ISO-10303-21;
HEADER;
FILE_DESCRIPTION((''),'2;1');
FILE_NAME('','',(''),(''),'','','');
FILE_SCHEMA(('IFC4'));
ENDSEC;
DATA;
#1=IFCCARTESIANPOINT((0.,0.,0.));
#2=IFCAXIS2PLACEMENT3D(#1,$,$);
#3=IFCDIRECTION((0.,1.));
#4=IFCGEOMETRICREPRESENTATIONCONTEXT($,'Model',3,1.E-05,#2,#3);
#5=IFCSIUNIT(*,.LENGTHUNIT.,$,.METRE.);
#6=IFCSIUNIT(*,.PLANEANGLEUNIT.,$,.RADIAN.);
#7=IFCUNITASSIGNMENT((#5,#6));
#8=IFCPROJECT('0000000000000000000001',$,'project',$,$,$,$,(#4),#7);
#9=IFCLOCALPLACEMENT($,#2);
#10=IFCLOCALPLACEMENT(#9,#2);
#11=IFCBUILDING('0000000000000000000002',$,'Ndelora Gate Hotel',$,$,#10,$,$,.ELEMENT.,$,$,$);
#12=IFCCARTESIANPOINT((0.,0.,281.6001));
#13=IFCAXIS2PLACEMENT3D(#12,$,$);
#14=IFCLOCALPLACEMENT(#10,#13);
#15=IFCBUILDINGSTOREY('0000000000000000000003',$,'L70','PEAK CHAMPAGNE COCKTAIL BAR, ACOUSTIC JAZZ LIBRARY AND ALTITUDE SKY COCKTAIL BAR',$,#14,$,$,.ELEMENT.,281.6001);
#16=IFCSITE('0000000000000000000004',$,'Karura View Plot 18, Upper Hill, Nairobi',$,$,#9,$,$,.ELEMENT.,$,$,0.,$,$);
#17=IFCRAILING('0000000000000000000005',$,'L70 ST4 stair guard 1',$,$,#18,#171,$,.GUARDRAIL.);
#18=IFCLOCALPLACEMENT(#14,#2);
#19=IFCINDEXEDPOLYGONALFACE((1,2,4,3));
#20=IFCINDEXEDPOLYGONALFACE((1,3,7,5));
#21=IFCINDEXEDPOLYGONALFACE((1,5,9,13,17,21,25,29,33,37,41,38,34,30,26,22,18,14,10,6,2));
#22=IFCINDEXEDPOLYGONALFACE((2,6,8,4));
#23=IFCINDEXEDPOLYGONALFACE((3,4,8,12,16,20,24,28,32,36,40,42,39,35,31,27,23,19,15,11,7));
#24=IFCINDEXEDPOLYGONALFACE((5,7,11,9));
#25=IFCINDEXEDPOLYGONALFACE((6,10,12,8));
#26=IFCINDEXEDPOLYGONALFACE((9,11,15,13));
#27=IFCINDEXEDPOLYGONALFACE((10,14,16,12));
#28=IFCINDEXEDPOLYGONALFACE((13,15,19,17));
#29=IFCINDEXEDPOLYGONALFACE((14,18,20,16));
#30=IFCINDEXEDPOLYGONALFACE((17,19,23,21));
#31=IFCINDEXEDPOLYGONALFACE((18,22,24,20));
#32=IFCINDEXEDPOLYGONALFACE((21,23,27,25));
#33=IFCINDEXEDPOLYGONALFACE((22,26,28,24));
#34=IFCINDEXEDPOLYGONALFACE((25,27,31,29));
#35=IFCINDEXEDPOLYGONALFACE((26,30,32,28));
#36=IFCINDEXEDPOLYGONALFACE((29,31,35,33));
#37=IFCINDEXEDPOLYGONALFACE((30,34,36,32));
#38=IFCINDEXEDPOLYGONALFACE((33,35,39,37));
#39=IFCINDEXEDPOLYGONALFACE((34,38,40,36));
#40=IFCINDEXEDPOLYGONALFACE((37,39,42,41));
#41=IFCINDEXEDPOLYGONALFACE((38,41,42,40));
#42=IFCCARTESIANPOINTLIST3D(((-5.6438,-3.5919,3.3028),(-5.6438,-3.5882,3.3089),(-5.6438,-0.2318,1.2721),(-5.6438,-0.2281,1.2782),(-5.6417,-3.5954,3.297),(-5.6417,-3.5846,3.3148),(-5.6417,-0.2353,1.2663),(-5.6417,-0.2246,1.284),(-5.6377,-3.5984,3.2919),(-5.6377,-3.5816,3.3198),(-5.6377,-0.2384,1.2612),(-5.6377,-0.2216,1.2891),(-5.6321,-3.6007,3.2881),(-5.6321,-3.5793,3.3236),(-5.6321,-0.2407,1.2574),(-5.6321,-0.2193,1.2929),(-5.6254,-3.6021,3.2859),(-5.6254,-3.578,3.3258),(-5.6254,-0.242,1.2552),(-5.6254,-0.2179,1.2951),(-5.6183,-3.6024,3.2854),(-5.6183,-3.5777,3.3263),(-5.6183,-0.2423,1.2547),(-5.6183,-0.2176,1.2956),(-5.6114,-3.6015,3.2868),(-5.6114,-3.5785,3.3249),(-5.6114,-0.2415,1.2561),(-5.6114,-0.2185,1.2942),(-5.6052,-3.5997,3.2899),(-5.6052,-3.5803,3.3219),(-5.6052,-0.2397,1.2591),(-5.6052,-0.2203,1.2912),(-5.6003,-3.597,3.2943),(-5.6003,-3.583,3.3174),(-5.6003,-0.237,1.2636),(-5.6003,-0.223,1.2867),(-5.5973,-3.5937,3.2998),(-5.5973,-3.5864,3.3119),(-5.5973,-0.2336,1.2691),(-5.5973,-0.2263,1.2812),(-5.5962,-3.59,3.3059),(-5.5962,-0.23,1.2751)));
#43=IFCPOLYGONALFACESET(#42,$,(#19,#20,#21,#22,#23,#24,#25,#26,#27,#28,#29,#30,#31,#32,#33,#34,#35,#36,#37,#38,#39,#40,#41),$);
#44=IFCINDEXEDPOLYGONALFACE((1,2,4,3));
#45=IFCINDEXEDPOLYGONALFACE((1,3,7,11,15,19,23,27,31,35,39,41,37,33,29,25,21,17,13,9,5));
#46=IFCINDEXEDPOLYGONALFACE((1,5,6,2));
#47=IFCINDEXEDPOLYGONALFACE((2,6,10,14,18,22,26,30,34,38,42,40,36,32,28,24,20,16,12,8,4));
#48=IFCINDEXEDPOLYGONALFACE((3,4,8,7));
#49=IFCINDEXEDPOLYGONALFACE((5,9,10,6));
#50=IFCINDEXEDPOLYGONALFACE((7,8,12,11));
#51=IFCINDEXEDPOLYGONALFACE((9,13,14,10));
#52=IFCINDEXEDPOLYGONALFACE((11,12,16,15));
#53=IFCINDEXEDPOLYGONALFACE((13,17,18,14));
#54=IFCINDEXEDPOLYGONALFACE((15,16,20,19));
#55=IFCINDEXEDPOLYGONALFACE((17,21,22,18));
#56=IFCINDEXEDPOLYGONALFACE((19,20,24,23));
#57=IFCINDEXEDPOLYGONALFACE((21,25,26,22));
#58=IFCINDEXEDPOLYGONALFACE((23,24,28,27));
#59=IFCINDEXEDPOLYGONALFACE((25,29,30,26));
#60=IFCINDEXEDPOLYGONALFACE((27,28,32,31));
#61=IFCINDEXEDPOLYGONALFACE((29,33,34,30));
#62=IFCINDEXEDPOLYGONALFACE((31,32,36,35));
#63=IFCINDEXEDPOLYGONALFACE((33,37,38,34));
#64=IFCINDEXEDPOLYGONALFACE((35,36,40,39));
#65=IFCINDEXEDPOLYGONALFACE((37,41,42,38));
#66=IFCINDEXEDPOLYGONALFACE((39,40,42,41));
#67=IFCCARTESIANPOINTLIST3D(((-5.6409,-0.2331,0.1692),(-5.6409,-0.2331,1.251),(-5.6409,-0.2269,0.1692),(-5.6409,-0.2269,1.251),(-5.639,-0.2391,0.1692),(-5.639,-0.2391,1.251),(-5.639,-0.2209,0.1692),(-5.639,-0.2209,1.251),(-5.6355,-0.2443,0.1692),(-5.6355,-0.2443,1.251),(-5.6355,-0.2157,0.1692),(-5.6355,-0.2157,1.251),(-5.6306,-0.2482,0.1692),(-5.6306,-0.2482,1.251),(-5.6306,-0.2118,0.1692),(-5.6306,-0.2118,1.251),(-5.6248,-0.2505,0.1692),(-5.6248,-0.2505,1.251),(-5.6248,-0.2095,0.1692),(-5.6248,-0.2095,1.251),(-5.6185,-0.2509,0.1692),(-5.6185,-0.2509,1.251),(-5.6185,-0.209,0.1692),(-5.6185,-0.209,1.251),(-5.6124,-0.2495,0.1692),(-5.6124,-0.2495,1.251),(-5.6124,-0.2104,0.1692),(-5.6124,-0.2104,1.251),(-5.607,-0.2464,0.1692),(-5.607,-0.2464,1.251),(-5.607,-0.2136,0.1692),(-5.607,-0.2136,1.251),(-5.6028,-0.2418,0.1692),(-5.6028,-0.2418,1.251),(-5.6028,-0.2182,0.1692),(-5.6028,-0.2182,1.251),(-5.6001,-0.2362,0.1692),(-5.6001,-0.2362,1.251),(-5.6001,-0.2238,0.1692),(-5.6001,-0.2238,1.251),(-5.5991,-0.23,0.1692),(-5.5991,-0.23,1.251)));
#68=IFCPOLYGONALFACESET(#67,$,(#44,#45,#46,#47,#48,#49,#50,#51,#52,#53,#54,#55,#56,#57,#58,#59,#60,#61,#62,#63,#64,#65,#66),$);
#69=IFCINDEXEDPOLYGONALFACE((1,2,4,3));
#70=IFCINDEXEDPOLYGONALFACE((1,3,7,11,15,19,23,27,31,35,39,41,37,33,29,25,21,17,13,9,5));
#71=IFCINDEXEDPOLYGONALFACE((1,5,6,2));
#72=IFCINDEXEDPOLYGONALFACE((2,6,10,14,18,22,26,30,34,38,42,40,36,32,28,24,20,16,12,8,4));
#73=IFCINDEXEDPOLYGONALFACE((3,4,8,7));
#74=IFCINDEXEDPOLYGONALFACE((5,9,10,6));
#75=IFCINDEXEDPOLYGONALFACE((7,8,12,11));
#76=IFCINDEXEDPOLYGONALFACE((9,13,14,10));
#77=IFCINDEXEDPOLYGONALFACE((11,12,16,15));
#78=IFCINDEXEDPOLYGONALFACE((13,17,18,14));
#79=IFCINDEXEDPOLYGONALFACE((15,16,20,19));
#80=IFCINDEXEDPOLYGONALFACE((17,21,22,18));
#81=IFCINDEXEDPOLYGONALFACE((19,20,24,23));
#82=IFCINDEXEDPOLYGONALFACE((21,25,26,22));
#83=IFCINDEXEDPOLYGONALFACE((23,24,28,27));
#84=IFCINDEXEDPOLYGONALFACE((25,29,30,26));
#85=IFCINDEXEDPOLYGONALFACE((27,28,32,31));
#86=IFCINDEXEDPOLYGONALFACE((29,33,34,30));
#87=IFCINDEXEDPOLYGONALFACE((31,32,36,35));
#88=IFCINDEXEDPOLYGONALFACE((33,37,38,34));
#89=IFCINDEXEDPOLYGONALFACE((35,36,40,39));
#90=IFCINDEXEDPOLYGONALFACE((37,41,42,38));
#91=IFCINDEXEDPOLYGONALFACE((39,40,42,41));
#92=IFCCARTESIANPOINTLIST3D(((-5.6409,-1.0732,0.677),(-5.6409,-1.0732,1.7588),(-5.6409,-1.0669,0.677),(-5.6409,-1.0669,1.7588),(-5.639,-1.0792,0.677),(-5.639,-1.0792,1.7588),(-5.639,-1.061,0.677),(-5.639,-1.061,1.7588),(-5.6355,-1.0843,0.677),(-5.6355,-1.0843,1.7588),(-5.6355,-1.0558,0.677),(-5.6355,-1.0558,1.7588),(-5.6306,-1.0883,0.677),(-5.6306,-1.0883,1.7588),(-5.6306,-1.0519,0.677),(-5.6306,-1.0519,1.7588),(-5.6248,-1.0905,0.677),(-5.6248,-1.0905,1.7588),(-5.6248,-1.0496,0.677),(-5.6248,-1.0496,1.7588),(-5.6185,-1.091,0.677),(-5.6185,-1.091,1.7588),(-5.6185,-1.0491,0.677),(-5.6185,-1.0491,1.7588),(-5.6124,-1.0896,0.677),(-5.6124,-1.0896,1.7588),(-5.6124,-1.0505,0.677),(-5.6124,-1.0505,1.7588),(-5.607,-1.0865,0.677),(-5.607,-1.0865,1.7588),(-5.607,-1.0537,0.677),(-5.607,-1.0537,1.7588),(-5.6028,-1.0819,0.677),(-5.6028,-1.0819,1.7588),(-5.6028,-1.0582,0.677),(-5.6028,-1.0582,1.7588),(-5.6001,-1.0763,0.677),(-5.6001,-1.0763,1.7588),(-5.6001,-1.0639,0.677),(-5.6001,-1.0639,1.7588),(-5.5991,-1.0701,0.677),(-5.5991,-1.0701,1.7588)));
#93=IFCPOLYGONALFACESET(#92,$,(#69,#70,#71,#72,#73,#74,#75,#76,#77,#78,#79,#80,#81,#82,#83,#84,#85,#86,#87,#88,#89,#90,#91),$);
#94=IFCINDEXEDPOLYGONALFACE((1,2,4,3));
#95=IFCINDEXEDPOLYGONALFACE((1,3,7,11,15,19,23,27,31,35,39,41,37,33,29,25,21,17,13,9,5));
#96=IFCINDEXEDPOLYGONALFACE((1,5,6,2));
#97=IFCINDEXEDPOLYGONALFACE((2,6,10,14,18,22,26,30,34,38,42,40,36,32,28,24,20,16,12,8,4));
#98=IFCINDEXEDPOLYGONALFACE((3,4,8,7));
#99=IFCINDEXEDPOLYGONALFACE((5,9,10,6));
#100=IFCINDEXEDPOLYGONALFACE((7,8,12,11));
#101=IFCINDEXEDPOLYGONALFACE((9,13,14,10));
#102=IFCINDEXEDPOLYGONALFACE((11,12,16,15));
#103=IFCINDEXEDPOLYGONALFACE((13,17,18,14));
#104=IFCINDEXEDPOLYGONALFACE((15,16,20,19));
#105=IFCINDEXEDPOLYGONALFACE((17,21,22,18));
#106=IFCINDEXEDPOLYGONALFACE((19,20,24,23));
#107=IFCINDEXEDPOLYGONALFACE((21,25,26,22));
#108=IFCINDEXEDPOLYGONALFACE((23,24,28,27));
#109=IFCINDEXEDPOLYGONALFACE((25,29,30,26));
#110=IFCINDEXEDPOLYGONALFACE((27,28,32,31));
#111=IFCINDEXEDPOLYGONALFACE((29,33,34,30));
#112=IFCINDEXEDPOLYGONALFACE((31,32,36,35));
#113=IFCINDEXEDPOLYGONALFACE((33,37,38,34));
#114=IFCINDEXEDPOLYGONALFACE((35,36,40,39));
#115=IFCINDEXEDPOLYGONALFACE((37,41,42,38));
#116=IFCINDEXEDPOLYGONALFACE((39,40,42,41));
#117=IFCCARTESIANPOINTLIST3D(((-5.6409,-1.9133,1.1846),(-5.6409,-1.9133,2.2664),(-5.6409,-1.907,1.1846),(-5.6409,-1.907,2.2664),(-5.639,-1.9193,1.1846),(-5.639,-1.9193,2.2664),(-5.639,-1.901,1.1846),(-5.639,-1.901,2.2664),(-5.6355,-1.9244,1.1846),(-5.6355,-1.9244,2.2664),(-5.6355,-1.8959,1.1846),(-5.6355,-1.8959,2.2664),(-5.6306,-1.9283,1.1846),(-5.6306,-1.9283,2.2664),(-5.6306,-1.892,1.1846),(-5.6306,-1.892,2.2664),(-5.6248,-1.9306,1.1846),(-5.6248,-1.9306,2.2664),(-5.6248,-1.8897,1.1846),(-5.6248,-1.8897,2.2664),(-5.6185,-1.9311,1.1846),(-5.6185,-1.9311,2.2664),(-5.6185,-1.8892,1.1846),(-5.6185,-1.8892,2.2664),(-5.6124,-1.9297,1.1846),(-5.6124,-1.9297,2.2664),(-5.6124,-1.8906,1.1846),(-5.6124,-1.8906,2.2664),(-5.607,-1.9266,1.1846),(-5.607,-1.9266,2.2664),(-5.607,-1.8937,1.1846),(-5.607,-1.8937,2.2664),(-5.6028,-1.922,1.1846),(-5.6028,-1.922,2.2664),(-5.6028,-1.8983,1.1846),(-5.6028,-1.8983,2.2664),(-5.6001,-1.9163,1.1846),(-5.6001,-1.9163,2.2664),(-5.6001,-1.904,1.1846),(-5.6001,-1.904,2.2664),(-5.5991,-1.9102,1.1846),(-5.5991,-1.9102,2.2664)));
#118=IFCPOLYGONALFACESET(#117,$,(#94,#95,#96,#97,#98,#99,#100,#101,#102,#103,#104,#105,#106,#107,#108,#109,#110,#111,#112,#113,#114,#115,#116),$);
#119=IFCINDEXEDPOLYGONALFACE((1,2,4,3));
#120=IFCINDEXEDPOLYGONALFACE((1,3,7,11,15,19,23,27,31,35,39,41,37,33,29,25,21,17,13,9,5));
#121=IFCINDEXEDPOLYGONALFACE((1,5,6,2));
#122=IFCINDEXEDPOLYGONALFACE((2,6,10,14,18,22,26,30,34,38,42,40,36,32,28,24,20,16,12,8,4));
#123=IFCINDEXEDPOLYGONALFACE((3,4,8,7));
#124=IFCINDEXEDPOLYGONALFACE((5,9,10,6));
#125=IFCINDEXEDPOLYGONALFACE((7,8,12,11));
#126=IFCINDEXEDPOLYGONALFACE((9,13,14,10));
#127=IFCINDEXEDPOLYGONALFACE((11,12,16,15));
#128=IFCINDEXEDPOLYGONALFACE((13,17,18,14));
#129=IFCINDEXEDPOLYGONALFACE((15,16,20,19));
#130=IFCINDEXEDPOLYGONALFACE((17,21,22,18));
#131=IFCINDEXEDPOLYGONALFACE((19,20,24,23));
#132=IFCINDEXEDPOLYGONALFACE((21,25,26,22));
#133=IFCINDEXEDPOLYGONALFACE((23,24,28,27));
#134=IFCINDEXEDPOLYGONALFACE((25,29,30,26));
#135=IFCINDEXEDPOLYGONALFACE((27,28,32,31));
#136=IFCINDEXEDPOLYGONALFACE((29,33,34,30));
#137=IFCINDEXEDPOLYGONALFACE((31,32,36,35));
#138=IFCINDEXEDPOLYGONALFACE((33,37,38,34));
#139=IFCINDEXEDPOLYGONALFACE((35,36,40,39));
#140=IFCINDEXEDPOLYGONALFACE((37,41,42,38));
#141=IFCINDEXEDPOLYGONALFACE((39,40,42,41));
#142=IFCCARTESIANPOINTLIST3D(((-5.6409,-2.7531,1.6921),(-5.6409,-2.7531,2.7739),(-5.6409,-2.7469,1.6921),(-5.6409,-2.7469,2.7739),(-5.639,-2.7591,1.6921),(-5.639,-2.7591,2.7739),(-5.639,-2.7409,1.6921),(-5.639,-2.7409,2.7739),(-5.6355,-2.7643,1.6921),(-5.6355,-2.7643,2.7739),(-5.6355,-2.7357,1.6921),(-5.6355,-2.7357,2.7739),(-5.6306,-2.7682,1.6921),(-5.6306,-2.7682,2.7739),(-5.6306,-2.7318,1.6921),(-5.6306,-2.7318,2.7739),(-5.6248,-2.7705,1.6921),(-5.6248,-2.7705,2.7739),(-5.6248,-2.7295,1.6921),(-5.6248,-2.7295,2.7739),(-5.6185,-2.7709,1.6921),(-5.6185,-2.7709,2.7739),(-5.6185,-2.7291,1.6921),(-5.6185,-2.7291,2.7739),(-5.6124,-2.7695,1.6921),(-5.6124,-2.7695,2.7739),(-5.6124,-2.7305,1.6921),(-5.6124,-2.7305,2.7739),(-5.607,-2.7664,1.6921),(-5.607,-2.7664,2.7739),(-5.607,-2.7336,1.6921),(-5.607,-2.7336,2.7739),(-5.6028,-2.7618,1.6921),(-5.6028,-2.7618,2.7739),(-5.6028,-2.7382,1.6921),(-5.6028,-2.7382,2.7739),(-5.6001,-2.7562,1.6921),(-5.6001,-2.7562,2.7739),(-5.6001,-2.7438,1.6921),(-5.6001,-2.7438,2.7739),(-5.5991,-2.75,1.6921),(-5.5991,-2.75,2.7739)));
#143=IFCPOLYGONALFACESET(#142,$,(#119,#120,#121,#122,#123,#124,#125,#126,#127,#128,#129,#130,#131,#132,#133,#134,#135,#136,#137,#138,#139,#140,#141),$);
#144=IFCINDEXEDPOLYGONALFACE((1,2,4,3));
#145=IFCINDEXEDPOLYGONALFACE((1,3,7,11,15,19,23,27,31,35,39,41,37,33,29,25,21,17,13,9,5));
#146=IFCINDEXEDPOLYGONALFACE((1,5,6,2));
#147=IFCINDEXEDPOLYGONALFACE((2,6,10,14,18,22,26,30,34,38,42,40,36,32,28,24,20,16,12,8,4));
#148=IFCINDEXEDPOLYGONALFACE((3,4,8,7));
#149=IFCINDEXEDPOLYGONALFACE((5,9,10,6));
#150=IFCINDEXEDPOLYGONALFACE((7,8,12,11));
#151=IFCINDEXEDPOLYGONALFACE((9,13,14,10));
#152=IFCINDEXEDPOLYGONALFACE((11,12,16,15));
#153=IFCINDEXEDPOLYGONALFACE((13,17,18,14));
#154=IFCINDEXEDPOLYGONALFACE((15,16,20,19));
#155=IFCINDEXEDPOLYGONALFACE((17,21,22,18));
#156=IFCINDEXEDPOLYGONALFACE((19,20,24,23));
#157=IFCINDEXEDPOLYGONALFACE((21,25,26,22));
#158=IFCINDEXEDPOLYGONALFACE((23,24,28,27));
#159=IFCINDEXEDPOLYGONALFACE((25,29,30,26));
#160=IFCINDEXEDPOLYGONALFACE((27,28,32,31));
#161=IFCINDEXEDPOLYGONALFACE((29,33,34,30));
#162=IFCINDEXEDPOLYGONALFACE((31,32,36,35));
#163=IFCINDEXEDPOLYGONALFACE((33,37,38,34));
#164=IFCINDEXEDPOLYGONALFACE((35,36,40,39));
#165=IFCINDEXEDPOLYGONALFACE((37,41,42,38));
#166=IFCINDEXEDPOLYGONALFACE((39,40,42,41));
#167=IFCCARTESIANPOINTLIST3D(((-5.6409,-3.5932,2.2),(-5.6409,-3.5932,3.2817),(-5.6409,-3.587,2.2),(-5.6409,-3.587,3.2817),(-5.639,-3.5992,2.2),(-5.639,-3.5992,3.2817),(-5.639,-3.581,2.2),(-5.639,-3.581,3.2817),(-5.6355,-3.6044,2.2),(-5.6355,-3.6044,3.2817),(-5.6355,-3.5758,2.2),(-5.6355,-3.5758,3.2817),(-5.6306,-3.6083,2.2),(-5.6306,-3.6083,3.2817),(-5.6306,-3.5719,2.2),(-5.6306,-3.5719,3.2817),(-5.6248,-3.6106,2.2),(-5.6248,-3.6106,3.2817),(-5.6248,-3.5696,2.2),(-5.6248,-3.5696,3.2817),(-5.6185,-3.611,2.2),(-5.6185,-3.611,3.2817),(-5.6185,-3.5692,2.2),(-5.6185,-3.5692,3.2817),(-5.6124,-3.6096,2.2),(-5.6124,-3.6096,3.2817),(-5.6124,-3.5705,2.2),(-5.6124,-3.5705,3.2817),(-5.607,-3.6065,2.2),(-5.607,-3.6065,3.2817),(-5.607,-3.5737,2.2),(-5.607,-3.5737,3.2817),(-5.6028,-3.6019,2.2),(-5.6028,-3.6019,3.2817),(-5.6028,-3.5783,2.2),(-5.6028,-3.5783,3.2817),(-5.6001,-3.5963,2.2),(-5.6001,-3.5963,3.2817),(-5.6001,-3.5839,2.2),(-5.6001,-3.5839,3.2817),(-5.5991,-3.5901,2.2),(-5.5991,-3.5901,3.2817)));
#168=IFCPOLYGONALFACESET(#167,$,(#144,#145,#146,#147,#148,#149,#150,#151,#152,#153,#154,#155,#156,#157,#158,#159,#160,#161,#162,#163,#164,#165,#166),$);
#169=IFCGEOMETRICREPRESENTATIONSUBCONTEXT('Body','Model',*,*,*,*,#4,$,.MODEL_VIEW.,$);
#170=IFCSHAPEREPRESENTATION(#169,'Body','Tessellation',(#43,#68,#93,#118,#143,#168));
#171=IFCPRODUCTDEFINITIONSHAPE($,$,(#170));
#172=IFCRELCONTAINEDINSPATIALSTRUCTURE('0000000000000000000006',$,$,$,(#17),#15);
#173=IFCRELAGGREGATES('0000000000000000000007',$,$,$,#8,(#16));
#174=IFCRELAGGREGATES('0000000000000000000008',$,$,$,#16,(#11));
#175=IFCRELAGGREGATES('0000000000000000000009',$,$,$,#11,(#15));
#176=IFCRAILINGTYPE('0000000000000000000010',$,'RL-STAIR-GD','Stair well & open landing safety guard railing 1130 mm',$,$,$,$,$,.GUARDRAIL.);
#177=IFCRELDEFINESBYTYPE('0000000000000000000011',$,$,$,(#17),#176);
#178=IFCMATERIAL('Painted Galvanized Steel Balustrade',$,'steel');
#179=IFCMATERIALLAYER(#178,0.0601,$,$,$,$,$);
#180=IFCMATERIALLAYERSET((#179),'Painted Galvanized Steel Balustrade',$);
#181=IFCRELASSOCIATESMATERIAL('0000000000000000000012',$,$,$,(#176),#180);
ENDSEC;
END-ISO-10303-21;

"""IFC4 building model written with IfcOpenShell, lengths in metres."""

from ifc_helpers import new_model, si_unit, direction, frame, origin, origin_2d, place, context, subcontext, project, spatial, circle, extrude, material, layer, layer_set, type_object, element, save


model = new_model("IFC4")

# Units and contexts
model_context = context("Model", 3, precision=1e-05, world=origin(), true_north=direction((0.0, 1.0)))
body_context = subcontext(model_context, "Body", "Model", "MODEL_VIEW")
ifc_project = project(units=[si_unit("LENGTHUNIT", "METRE"), si_unit("PLANEANGLEUNIT", "RADIAN")], contexts=[model_context])

# Site, building, storey
site_placement = place(None, origin())
site = spatial("IfcSite", under=ifc_project, at=site_placement, Name="Karura View Plot 18, Upper Hill, Nairobi", CompositionType="ELEMENT", RefElevation=0.0)
building_placement = place(site_placement, origin())
building = spatial("IfcBuilding", under=site, at=building_placement, Name="Ndelora Gate Hotel", CompositionType="ELEMENT")
storey_placement = place(building_placement, frame((0.0, 0.0, 281.6001)))
storey = spatial("IfcBuildingStorey", under=building, at=storey_placement, Name="L70", Description="PEAK CHAMPAGNE COCKTAIL BAR, ACOUSTIC JAZZ LIBRARY AND ALTITUDE SKY COCKTAIL BAR", CompositionType="ELEMENT", Elevation=281.6001)

# Railing
ifc_material_1 = material(Name="Painted Galvanized Steel Balustrade", Category="steel")
ifc_layer_1 = layer(ifc_material_1, 0.0601)
ifc_layer_set_1 = layer_set([ifc_layer_1], Name="Painted Galvanized Steel Balustrade")
railing_type_1 = type_object("IfcRailingType", Name="RL-STAIR-GD", Description="Stair well & open landing safety guard railing 1130 mm", PredefinedType="GUARDRAIL", material=ifc_layer_set_1)
railing_1_placement = place(storey_placement, frame((-5.6201, -0.23, 0.1692)))
element("IfcRailing", 1, at=railing_1_placement, inside=storey, type_object=railing_type_1, Name="L70 ST4 stair guard 1", PredefinedType="GUARDRAIL", context=body_context, shape_type="SweptSolid", body=[
    extrude(circle(Radius=0.0239, at=origin_2d()), frame((0.0, 0.0, 1.106), z_axis=(0.0, -0.855837, 0.517246), x_axis=(1.0, 0.0, 0.0)), (0.0, 0.0, 1.0), 3.926),
    extrude(circle(Radius=0.021, at=origin_2d()), origin(), (0.0, 0.0, 1.0), 1.0818),
    extrude(circle(Radius=0.021, at=origin_2d()), frame((0.0, -0.8401, 0.5078)), (0.0, 0.0, 1.0), 1.0818),
    extrude(circle(Radius=0.021, at=origin_2d()), frame((0.0, -1.6802, 1.0154)), (0.0, 0.0, 1.0), 1.0818),
    extrude(circle(Radius=0.021, at=origin_2d()), frame((0.0, -2.52, 1.5229)), (0.0, 0.0, 1.0), 1.0818),
    extrude(circle(Radius=0.021, at=origin_2d()), frame((0.0, -3.3601, 2.0308)), (0.0, 0.0, 1.0), 1.0818),
])

save(model, "model.ifc")
